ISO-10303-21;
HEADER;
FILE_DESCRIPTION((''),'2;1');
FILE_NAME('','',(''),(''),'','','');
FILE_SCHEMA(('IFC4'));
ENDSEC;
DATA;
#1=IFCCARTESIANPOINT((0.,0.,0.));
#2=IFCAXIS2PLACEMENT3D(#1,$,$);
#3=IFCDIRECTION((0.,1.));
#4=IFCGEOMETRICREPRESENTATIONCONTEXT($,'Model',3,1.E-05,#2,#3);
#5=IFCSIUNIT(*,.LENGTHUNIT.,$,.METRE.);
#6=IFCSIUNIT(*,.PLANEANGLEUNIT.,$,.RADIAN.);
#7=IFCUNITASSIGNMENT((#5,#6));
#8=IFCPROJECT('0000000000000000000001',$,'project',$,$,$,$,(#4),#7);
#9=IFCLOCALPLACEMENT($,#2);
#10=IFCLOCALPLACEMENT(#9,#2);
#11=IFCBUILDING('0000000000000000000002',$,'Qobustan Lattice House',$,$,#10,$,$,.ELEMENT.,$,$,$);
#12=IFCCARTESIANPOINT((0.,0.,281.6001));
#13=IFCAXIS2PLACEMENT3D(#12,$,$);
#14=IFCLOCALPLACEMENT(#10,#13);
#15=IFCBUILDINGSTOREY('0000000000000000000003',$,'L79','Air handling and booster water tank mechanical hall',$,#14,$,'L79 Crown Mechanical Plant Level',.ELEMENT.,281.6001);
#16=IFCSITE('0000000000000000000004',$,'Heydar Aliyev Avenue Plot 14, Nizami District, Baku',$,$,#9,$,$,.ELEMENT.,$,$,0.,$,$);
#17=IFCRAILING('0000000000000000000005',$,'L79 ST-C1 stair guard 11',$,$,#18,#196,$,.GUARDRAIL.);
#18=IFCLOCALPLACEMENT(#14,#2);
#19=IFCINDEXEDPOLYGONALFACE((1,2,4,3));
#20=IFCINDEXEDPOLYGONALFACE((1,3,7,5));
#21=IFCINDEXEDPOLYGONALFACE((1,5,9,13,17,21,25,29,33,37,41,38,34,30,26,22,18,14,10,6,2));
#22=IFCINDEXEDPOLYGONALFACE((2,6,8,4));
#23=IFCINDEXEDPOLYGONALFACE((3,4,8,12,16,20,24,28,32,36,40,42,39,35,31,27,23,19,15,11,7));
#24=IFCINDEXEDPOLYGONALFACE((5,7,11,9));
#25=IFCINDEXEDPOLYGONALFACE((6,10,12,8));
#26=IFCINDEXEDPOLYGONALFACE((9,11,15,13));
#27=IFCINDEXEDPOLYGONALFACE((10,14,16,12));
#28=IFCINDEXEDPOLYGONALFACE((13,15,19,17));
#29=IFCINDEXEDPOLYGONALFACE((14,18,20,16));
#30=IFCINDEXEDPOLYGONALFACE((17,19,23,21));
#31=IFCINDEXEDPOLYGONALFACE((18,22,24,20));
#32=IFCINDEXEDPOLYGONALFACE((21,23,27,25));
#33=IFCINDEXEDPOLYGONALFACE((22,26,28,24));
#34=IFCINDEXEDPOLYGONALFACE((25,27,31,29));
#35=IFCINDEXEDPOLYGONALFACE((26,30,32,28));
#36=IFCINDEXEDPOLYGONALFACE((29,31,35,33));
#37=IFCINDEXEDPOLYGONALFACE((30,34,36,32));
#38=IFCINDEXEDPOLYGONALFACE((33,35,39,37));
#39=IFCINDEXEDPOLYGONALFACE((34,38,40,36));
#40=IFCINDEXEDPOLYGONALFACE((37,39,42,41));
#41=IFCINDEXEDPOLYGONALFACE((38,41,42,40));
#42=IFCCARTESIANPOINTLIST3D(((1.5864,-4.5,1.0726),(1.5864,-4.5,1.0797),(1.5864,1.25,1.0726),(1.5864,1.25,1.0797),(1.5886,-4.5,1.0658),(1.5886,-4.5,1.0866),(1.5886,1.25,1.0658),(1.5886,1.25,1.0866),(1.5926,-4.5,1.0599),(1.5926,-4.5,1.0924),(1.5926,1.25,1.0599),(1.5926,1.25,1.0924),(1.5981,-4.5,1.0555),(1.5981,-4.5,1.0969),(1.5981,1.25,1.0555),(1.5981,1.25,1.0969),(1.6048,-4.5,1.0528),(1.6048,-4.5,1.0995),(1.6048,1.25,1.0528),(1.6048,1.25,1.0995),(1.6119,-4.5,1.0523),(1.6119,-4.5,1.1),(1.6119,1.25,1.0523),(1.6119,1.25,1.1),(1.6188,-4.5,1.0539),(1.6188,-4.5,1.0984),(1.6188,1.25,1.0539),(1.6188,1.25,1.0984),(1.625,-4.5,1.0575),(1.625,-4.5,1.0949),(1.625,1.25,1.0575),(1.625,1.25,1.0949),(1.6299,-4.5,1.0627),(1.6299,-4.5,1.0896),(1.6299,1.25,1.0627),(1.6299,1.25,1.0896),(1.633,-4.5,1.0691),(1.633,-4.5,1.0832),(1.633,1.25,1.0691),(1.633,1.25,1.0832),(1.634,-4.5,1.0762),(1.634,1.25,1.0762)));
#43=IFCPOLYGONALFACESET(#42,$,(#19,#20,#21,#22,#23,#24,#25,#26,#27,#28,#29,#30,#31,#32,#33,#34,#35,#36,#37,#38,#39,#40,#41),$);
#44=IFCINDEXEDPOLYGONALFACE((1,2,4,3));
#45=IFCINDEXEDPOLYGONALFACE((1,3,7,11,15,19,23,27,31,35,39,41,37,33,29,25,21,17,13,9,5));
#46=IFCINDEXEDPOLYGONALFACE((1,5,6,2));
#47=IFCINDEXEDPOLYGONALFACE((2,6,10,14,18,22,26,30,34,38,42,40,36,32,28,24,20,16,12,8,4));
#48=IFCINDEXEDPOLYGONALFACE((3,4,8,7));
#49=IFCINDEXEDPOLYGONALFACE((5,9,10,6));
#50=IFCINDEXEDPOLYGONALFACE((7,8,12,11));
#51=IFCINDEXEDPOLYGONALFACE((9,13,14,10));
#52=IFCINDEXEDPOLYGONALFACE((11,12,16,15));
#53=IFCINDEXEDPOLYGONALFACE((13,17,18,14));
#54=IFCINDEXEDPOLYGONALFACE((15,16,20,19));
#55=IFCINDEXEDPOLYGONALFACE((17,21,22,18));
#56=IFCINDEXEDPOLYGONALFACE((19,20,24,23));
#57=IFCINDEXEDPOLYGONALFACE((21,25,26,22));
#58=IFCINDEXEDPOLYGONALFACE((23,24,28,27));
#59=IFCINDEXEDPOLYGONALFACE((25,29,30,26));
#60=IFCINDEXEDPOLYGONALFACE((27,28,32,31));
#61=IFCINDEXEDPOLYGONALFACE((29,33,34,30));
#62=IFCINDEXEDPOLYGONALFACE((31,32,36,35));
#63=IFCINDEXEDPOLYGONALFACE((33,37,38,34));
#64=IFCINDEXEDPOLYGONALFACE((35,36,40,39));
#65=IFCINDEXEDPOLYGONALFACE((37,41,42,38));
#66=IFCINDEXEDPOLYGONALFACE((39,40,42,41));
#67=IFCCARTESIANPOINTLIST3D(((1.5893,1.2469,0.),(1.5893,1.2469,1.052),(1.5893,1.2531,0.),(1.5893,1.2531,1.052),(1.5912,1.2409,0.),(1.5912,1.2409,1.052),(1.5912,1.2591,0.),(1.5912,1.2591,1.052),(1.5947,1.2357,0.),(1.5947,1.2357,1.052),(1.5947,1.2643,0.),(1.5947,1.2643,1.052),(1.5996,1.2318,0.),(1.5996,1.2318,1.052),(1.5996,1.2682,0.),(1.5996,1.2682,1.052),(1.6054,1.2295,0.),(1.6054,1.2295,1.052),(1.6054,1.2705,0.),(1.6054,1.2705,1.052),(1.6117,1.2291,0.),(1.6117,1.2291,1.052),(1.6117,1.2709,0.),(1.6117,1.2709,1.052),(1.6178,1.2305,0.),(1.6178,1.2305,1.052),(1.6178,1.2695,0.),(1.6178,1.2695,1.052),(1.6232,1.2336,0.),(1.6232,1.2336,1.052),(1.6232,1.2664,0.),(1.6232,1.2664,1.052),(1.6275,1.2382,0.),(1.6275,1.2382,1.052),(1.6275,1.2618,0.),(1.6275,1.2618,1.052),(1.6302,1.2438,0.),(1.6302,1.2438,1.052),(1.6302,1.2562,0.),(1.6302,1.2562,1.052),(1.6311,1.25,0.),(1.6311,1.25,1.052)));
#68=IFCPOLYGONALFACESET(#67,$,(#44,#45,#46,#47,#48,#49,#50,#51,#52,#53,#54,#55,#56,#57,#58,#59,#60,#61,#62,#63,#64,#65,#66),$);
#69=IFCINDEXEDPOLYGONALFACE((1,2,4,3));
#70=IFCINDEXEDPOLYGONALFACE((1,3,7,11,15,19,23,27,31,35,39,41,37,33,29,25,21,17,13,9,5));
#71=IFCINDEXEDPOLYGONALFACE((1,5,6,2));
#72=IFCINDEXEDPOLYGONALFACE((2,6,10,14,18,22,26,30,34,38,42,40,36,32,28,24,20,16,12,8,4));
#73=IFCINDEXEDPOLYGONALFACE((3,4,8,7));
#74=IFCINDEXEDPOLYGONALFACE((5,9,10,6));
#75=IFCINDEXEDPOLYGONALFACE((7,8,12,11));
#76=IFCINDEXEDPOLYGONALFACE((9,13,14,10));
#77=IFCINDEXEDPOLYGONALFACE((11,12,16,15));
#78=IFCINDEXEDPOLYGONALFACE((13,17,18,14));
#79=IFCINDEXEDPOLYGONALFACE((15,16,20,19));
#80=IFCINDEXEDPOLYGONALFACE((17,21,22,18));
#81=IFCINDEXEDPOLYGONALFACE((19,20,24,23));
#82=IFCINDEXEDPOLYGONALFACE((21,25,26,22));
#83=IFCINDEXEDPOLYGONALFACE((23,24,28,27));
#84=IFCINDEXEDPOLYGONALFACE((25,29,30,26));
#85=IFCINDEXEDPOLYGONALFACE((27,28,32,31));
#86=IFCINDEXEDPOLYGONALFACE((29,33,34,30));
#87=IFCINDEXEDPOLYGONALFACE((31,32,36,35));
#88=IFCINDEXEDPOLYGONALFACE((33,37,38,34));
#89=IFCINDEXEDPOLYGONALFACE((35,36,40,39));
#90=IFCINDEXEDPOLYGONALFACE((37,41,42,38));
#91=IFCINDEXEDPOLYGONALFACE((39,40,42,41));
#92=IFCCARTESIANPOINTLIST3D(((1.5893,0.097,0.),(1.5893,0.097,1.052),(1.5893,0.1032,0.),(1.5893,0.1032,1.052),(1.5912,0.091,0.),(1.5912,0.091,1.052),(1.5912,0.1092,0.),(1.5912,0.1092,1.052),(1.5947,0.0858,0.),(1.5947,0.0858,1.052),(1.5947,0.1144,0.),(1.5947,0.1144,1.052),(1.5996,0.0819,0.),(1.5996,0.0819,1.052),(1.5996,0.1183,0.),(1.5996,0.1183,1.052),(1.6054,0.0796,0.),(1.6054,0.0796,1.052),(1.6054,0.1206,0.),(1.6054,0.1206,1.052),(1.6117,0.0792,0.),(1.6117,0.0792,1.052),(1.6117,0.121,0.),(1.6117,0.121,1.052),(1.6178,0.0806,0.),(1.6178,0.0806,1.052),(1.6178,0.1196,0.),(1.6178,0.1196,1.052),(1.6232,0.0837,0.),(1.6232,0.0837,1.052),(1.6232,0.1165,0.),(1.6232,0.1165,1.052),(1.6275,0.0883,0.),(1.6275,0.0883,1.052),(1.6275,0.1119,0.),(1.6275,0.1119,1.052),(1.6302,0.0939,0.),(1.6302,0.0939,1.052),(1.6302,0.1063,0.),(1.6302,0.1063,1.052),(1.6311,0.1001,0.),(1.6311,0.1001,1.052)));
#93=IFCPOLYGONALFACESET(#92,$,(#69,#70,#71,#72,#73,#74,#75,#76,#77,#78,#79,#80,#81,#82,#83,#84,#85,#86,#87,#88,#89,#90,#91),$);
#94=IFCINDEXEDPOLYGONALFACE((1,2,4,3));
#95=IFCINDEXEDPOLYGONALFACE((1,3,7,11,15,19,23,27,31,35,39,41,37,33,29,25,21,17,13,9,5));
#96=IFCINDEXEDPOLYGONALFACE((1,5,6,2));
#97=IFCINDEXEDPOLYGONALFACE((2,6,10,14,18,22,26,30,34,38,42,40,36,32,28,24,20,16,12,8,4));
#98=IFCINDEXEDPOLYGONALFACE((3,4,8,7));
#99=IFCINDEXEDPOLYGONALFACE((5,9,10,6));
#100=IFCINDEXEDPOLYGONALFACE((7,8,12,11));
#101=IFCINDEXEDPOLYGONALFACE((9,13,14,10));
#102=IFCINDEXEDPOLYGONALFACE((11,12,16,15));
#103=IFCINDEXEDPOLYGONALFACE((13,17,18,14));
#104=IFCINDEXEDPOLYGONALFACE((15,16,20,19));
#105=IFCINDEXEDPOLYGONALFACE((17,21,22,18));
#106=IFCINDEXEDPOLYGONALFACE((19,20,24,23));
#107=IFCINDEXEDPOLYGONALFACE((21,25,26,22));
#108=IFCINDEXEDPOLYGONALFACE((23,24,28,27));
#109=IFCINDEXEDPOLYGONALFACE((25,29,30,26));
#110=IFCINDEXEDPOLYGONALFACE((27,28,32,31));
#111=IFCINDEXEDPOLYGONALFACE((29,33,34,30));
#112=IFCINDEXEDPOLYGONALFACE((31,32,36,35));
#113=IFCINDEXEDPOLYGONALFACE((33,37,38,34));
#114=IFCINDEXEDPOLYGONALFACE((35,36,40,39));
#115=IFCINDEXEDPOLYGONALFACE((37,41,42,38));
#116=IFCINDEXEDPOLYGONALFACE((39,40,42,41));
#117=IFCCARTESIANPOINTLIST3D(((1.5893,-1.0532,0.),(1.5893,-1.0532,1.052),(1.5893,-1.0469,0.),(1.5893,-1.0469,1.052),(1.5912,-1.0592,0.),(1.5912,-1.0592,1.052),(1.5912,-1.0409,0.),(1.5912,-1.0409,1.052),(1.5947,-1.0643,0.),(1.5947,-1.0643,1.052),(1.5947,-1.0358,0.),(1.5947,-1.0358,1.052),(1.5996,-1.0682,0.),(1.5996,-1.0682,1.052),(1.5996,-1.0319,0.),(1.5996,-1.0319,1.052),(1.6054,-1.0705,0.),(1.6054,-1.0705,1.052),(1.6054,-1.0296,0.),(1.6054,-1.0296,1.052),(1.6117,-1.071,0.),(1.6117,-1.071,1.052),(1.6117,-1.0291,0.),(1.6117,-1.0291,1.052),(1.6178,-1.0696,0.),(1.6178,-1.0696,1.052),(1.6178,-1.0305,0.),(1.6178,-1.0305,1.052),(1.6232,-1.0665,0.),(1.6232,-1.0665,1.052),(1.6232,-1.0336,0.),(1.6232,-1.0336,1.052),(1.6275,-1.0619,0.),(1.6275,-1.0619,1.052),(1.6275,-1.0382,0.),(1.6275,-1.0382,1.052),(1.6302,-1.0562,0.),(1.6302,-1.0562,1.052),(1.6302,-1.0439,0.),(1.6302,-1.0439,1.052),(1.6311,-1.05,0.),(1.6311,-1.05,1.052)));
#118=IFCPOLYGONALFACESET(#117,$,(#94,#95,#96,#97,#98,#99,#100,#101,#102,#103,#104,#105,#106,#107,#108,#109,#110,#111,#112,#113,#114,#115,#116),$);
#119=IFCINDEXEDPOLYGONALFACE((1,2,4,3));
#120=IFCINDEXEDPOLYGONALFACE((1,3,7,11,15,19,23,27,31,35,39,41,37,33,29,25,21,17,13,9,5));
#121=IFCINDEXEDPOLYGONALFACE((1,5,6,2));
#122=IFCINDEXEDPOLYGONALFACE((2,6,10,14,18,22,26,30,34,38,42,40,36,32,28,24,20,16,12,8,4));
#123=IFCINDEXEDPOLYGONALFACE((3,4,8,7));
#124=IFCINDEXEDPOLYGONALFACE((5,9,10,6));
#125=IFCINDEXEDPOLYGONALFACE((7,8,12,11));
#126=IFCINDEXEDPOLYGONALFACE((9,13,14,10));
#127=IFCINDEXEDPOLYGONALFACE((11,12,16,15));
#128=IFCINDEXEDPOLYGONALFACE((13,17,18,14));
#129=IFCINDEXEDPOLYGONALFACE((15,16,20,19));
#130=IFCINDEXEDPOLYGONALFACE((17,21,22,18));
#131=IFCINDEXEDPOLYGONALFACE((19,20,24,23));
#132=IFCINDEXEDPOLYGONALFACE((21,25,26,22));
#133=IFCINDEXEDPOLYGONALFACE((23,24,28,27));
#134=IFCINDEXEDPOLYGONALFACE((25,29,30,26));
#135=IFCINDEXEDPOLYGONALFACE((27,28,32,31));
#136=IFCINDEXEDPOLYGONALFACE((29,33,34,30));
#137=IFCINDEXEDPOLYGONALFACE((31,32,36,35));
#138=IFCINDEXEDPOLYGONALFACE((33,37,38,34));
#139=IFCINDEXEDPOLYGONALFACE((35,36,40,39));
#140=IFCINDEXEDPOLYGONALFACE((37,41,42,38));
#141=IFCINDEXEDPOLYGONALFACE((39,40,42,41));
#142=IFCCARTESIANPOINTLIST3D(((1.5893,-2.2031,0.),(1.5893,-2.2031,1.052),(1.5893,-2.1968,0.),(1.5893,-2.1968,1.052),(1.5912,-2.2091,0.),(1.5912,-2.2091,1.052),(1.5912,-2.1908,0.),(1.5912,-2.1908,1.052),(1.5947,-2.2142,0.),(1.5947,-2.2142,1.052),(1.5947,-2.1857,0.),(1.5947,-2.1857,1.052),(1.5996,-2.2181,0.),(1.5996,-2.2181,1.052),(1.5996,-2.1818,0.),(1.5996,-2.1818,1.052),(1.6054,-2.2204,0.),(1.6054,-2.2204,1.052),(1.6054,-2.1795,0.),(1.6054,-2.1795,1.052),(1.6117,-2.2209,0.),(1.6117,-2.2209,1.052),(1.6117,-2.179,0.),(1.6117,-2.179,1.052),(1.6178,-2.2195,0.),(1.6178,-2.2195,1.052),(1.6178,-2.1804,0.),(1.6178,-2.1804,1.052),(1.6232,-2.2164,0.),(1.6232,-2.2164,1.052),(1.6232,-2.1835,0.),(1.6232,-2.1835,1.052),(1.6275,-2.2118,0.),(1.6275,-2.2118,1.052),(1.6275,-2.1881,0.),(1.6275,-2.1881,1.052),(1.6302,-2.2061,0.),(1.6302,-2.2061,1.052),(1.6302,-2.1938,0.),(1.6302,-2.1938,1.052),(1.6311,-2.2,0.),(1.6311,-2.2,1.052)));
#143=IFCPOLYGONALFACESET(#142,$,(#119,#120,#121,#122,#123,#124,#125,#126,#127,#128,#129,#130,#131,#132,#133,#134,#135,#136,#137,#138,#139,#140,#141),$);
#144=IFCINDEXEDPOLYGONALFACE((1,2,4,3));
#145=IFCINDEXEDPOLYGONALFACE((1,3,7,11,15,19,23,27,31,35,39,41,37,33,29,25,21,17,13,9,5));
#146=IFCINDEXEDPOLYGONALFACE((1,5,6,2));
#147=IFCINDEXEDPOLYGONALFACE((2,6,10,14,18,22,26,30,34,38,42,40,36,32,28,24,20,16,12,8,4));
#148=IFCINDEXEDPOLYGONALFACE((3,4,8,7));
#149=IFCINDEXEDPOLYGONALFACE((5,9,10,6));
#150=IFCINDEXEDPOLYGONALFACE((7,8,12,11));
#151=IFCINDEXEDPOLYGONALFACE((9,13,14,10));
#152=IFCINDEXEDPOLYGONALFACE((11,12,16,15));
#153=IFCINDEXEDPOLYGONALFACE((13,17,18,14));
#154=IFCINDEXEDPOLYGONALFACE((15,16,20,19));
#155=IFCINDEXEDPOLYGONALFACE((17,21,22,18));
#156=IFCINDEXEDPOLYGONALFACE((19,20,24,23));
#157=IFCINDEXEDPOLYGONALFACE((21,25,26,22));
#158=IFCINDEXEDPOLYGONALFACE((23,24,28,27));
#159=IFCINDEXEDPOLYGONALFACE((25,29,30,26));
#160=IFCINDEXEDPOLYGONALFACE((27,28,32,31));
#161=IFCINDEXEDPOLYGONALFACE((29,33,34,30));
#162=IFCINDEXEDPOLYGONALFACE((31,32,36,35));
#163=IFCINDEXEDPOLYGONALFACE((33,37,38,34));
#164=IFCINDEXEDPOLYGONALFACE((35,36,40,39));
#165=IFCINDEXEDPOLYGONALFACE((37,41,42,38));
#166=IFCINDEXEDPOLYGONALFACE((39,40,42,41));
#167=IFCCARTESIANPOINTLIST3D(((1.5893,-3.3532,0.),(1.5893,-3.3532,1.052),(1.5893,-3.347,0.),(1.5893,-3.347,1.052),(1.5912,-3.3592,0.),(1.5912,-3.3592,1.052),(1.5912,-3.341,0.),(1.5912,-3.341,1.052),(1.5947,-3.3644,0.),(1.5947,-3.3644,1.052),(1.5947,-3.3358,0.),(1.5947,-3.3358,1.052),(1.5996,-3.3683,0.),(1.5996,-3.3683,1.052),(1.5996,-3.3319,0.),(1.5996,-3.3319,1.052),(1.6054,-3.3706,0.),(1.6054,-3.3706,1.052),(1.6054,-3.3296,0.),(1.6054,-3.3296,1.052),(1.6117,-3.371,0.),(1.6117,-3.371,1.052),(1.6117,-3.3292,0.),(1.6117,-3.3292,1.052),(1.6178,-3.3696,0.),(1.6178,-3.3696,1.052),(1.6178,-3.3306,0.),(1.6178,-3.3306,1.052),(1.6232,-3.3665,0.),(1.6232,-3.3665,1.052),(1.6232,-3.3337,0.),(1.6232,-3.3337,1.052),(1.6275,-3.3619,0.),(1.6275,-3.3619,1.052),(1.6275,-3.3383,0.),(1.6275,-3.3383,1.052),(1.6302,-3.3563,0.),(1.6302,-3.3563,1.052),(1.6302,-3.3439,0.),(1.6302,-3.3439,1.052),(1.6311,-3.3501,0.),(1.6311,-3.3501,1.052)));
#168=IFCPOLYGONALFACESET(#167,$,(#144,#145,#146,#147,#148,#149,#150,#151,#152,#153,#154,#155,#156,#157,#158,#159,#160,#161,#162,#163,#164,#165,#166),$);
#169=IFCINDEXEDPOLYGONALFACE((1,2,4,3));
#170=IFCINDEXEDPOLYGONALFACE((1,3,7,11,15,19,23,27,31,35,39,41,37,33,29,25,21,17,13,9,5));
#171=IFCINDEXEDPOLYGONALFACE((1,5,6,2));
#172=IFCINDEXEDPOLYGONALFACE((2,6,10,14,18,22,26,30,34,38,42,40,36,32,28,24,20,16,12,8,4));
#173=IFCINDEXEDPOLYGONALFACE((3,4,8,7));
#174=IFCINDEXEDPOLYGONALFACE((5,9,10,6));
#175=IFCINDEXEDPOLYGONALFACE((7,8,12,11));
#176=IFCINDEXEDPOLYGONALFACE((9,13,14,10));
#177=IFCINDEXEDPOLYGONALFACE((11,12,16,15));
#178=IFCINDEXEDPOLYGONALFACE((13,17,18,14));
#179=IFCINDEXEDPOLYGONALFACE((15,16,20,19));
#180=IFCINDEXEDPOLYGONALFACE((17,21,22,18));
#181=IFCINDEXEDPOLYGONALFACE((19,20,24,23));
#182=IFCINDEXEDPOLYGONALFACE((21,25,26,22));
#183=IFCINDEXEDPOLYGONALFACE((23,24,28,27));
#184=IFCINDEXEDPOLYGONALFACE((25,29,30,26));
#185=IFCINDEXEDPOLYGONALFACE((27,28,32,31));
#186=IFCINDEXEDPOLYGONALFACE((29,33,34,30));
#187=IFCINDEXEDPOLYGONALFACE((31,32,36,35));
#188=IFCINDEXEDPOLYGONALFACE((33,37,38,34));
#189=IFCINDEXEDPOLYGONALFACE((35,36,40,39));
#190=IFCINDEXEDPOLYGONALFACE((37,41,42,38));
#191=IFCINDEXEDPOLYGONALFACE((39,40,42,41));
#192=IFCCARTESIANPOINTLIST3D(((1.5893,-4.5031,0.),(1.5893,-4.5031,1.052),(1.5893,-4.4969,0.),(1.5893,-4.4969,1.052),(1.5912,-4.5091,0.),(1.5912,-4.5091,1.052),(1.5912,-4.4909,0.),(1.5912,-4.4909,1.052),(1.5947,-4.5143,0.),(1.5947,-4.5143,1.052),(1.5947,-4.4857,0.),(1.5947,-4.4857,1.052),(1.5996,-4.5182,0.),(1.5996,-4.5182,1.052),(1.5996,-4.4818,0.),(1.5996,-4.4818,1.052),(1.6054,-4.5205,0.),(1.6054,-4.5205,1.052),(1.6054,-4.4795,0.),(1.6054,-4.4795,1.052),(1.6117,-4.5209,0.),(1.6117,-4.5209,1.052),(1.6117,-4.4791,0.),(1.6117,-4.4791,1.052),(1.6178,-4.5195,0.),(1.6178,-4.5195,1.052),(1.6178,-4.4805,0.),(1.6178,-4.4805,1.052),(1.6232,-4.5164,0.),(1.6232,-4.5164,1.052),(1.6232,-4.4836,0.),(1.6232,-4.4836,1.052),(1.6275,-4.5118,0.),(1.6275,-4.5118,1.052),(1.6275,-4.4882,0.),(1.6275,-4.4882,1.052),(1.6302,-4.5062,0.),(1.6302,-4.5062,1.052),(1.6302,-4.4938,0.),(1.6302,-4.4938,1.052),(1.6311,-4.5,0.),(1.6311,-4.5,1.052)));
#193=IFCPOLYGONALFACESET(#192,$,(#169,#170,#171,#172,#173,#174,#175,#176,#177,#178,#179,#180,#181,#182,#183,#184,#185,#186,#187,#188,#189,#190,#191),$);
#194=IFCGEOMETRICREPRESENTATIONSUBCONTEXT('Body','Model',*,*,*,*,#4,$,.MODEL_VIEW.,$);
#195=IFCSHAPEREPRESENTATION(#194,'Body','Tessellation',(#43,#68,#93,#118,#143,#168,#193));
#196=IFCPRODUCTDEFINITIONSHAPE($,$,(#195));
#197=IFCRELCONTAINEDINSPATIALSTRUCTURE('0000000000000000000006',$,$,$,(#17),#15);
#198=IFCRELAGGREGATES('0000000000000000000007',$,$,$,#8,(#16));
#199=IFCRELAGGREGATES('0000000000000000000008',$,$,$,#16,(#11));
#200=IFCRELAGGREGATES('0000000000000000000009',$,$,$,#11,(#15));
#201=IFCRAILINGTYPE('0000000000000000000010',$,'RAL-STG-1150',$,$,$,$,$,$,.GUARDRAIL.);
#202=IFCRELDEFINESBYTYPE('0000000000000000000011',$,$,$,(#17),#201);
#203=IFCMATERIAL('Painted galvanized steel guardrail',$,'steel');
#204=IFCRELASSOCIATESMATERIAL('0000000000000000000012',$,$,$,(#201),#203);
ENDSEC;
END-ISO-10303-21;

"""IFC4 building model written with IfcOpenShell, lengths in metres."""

from ifc_helpers import new_model, si_unit, direction, frame, origin, origin_2d, place, context, subcontext, project, spatial, circle, extrude, material, type_object, element, save


model = new_model("IFC4")

# Units and contexts
model_context = context("Model", 3, precision=1e-05, world=origin(), true_north=direction((0.0, 1.0)))
body_context = subcontext(model_context, "Body", "Model", "MODEL_VIEW")
ifc_project = project(units=[si_unit("LENGTHUNIT", "METRE"), si_unit("PLANEANGLEUNIT", "RADIAN")], contexts=[model_context])

# Site, building, storey
site_placement = place(None, origin())
site = spatial("IfcSite", under=ifc_project, at=site_placement, Name="Heydar Aliyev Avenue Plot 14, Nizami District, Baku", CompositionType="ELEMENT", RefElevation=0.0)
building_placement = place(site_placement, origin())
building = spatial("IfcBuilding", under=site, at=building_placement, Name="Qobustan Lattice House", CompositionType="ELEMENT")
storey_placement = place(building_placement, frame((0.0, 0.0, 281.6001)))
storey = spatial("IfcBuildingStorey", under=building, at=storey_placement, Name="L79", Description="Air handling and booster water tank mechanical hall", LongName="L79 Crown Mechanical Plant Level", CompositionType="ELEMENT", Elevation=281.6001)

# Railing
ifc_material_1 = material(Name="Painted galvanized steel guardrail", Category="steel")
railing_type = type_object("IfcRailingType", Name="RAL-STG-1150", PredefinedType="GUARDRAIL", material=ifc_material_1)
railing_1_placement = place(storey_placement, frame((1.6101, 1.25, 0.0)))
element("IfcRailing", 1, at=railing_1_placement, inside=storey, type_object=railing_type, Name="L79 ST-C1 stair guard 11", PredefinedType="GUARDRAIL", context=body_context, shape_type="SweptSolid", body=[
    extrude(circle(Radius=0.0239, at=origin_2d()), frame((0.0, 0.0, 1.0762), z_axis=(0.0, -1.0, 0.0), x_axis=(1.0, 0.0, 0.0)), (0.0, 0.0, 1.0), 5.75),
    extrude(circle(Radius=0.021, at=origin_2d()), origin(), (0.0, 0.0, 1.0), 1.052),
    extrude(circle(Radius=0.021, at=origin_2d()), frame((0.0, -1.1499, 0.0)), (0.0, 0.0, 1.0), 1.052),
    extrude(circle(Radius=0.021, at=origin_2d()), frame((0.0, -2.3, 0.0)), (0.0, 0.0, 1.0), 1.052),
    extrude(circle(Radius=0.021, at=origin_2d()), frame((0.0, -3.45, 0.0)), (0.0, 0.0, 1.0), 1.052),
    extrude(circle(Radius=0.021, at=origin_2d()), frame((0.0, -4.6001, 0.0)), (0.0, 0.0, 1.0), 1.052),
    extrude(circle(Radius=0.021, at=origin_2d()), frame((0.0, -5.75, 0.0)), (0.0, 0.0, 1.0), 1.052),
])

save(model, "model.ifc")
